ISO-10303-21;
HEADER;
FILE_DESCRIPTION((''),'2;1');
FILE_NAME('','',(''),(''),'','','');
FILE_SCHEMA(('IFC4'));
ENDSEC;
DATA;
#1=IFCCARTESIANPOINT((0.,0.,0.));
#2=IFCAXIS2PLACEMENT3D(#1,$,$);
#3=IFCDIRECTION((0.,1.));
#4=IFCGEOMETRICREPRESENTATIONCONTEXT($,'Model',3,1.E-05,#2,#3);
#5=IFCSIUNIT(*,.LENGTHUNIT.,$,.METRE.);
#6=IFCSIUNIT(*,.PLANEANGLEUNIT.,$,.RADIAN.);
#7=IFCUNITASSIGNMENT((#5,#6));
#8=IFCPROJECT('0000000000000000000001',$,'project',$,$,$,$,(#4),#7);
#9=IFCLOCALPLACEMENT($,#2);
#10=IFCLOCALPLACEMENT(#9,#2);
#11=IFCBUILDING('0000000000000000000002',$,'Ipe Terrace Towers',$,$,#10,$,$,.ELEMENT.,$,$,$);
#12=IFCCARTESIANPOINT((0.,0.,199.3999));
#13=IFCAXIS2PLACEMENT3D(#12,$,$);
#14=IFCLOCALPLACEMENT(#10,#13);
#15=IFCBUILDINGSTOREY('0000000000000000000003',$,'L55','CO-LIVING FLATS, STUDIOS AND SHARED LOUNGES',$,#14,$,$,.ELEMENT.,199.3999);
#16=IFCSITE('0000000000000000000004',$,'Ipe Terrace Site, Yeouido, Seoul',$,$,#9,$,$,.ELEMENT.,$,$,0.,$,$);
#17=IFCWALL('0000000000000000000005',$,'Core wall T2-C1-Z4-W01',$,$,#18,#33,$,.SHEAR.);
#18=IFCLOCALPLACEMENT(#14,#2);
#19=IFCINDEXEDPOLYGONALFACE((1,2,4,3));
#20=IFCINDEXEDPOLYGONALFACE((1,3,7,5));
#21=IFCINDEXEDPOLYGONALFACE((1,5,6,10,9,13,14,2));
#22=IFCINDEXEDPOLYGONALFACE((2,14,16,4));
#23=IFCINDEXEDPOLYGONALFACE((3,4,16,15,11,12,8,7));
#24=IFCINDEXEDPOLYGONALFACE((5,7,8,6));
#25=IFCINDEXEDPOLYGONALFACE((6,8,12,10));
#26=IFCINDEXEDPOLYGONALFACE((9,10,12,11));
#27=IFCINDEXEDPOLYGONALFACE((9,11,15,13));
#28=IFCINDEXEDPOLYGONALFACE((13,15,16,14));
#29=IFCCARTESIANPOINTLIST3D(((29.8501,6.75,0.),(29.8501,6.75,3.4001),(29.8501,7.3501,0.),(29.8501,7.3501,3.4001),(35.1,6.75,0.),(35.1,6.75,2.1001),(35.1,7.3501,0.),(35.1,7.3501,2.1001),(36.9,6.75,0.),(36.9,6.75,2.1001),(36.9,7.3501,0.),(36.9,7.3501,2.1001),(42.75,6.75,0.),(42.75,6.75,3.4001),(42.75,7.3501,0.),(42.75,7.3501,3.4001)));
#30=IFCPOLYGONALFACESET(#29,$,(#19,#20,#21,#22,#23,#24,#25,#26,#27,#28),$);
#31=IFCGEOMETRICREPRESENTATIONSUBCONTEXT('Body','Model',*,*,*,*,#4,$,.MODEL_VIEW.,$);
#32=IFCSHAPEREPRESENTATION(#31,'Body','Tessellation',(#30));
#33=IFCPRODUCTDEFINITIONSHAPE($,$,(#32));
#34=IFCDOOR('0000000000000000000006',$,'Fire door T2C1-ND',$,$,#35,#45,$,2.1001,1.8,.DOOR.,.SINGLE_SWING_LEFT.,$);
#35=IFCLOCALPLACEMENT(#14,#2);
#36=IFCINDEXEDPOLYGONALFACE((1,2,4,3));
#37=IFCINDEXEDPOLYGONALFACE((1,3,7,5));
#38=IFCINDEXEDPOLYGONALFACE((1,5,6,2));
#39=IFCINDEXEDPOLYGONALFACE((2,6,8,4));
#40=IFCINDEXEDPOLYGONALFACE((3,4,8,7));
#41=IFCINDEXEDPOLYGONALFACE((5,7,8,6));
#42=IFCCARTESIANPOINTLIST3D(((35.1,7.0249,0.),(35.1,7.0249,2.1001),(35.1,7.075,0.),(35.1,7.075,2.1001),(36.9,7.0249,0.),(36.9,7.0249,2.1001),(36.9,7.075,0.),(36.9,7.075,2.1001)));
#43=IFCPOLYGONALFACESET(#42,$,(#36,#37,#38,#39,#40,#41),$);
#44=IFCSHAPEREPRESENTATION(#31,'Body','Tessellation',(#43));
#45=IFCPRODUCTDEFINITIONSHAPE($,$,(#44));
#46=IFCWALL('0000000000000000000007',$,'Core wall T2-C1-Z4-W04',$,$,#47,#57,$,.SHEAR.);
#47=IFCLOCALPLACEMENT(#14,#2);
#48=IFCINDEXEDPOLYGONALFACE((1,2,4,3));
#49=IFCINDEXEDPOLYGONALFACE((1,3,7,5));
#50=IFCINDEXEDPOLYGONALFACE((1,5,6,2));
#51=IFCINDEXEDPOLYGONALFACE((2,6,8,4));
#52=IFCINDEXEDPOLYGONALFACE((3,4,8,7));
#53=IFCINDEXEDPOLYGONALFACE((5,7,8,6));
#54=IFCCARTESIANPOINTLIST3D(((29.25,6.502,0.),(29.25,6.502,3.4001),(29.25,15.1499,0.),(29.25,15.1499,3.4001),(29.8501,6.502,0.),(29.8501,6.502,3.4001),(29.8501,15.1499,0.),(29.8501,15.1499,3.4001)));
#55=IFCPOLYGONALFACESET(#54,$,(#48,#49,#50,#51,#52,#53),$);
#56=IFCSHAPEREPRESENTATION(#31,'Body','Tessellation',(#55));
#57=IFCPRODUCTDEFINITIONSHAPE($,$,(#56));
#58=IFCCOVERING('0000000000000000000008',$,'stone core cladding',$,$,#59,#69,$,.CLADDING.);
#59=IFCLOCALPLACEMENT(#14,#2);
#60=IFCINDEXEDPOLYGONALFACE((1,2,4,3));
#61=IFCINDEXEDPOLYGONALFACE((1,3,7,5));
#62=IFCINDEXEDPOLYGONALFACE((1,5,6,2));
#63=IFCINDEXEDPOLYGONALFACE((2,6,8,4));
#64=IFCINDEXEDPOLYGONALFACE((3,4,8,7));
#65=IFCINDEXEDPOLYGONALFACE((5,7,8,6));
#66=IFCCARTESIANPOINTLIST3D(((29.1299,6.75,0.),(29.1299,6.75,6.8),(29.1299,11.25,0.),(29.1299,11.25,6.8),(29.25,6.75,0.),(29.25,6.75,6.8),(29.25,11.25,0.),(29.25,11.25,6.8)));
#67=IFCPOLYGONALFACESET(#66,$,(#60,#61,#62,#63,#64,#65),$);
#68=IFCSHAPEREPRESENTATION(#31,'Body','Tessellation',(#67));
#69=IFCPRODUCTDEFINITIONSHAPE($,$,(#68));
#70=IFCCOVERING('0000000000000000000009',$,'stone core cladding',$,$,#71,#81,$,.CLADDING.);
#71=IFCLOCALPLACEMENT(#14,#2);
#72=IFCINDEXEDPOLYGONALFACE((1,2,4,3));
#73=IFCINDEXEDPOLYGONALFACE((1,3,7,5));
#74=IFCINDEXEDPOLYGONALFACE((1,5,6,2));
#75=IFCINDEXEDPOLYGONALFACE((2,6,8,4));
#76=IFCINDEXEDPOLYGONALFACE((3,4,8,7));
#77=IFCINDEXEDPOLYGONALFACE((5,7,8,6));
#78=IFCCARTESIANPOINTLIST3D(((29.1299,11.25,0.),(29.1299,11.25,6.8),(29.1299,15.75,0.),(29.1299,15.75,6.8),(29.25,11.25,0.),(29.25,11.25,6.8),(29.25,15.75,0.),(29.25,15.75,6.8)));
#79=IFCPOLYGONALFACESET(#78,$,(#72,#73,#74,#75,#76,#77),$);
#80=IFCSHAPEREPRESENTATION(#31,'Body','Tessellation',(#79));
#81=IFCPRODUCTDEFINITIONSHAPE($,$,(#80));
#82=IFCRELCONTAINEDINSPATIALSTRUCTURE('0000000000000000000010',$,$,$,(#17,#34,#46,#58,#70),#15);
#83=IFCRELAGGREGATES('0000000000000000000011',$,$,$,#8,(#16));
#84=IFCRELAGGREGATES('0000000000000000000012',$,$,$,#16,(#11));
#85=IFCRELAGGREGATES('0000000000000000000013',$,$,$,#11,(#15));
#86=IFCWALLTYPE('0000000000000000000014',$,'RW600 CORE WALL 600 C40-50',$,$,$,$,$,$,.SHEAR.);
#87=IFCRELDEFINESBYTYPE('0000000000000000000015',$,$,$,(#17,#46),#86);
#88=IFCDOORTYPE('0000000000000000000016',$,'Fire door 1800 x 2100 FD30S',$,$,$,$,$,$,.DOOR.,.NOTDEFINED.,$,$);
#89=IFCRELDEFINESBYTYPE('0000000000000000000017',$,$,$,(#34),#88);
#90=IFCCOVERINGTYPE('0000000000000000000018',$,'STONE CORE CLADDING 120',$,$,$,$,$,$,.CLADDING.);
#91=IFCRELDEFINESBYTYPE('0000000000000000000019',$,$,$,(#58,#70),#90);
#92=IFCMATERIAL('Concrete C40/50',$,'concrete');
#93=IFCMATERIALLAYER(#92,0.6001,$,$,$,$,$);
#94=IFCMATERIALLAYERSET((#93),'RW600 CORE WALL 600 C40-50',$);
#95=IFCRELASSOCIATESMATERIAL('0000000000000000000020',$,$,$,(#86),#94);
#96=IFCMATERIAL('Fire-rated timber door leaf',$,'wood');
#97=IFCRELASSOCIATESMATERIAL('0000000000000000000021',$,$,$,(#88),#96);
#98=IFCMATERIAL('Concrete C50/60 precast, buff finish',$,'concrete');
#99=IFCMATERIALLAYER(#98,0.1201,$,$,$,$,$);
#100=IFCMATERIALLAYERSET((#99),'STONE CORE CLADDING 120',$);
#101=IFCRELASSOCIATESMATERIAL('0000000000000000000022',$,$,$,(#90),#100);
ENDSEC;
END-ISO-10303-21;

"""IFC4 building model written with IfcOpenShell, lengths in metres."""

from ifc_helpers import new_model, si_unit, direction, frame, frame_2d, origin, origin_2d, place, context, subcontext, project, spatial, rectangle, extrude, material, layer, layer_set, type_object, element, fill, save


model = new_model("IFC4")

# Units and contexts
model_context = context("Model", 3, precision=1e-05, world=origin(), true_north=direction((0.0, 1.0)))
body_context = subcontext(model_context, "Body", "Model", "MODEL_VIEW")
ifc_project = project(units=[si_unit("LENGTHUNIT", "METRE"), si_unit("PLANEANGLEUNIT", "RADIAN")], contexts=[model_context])

# Site, building, storey
site_placement = place(None, origin())
site = spatial("IfcSite", under=ifc_project, at=site_placement, Name="Ipe Terrace Site, Yeouido, Seoul", CompositionType="ELEMENT", RefElevation=0.0)
building_placement = place(site_placement, origin())
building = spatial("IfcBuilding", under=site, at=building_placement, Name="Ipe Terrace Towers", CompositionType="ELEMENT")
storey_placement = place(building_placement, frame((0.0, 0.0, 199.3999)))
storey = spatial("IfcBuildingStorey", under=building, at=storey_placement, Name="L55", Description="CO-LIVING FLATS, STUDIOS AND SHARED LOUNGES", CompositionType="ELEMENT", Elevation=199.3999)

# Wall, opening, door
ifc_material_1 = material(Name="Concrete C40/50", Category="concrete")
ifc_layer_1 = layer(ifc_material_1, 0.6001)
ifc_layer_set_1 = layer_set([ifc_layer_1], Name="RW600 CORE WALL 600 C40-50")
wall_type_1 = type_object("IfcWallType", Name="RW600 CORE WALL 600 C40-50", PredefinedType="SHEAR", material=ifc_layer_set_1)
wall_1_placement = place(storey_placement, frame((29.8501, 7.05, 0.0), z_axis=(0.0, 0.0, 1.0), x_axis=(1.0, 0.0, 0.0)))
wall_1 = element("IfcWall", 1, at=wall_1_placement, inside=storey, type_object=wall_type_1, Name="Core wall T2-C1-Z4-W01", PredefinedType="SHEAR", context=body_context, shape_type="SweptSolid", body=[
    extrude(rectangle(XDim=12.8999, YDim=0.6001, at=frame_2d((6.45, 0.0))), origin(), (0.0, 0.0, 1.0), 3.4001),
])
opening_1_placement = place(wall_1_placement, frame((5.25, 0.0, 0.0)))
opening_1 = element("IfcOpeningElement", 2, at=opening_1_placement, cuts=wall_1, PredefinedType="OPENING", context=body_context, shape_type="SweptSolid", body=[
    extrude(rectangle(XDim=1.8, YDim=2.1001, at=frame_2d((0.8999, 1.05))), frame((0.0, 0.3101, 0.0), z_axis=(0.0, -1.0, 0.0), x_axis=(1.0, 0.0, 0.0)), (0.0, 0.0, 1.0), 0.6201),
])
ifc_material_2 = material(Name="Fire-rated timber door leaf", Category="wood")
door_type_1 = type_object("IfcDoorType", Name="Fire door 1800 x 2100 FD30S", OperationType="NOTDEFINED", PredefinedType="DOOR", material=ifc_material_2)
door_1_placement = place(opening_1_placement, origin())
door_1 = element("IfcDoor", 3, at=door_1_placement, inside=storey, type_object=door_type_1, Name="Fire door T2C1-ND", OperationType="SINGLE_SWING_LEFT", OverallHeight=2.1001, OverallWidth=1.8, PredefinedType="DOOR", context=body_context, shape_type="SweptSolid", body=[
    extrude(rectangle(XDim=1.8, YDim=2.1001, at=frame_2d((0.8999, 1.05))), frame((0.0, 0.0249, 0.0), z_axis=(0.0, -1.0, 0.0), x_axis=(1.0, 0.0, 0.0)), (0.0, 0.0, 1.0), 0.05),
])
fill(opening_1, door_1)

# Wall
wall_2_placement = place(storey_placement, frame((29.55, 15.1499, 0.0), z_axis=(0.0, 0.0, 1.0), x_axis=(0.0, -1.0, 0.0)))
element("IfcWall", 4, at=wall_2_placement, inside=storey, type_object=wall_type_1, Name="Core wall T2-C1-Z4-W04", PredefinedType="SHEAR", context=body_context, shape_type="SweptSolid", body=[
    extrude(rectangle(XDim=8.6479, YDim=0.6001, at=frame_2d((4.324, 0.0))), origin(), (0.0, 0.0, 1.0), 3.4001),
])

# Coverings
ifc_material_3 = material(Name="Concrete C50/60 precast, buff finish", Category="concrete")
ifc_layer_2 = layer(ifc_material_3, 0.1201)
ifc_layer_set_2 = layer_set([ifc_layer_2], Name="STONE CORE CLADDING 120")
covering_type = type_object("IfcCoveringType", Name="STONE CORE CLADDING 120", PredefinedType="CLADDING", material=ifc_layer_set_2)
for number, where, z_axis, x_axis, name in (
    (5, (29.1899, 9.0, 0.0), (0.0, 0.0, 1.0), (0.0, -1.0, 0.0), "stone core cladding"),
    (6, (29.1899, 13.5, 0.0), (0.0, 0.0, 1.0), (0.0, -1.0, 0.0), "stone core cladding"),
):
    element("IfcCovering", number, at=place(storey_placement, frame(where, z_axis=z_axis, x_axis=x_axis)), inside=storey, type_object=covering_type, Name=name, PredefinedType="CLADDING", context=body_context, shape_type="SweptSolid", body=[
        extrude(rectangle(XDim=4.5, YDim=0.1201, at=origin_2d()), origin(), (0.0, 0.0, 1.0), 6.8),
    ])

save(model, "model.ifc")
